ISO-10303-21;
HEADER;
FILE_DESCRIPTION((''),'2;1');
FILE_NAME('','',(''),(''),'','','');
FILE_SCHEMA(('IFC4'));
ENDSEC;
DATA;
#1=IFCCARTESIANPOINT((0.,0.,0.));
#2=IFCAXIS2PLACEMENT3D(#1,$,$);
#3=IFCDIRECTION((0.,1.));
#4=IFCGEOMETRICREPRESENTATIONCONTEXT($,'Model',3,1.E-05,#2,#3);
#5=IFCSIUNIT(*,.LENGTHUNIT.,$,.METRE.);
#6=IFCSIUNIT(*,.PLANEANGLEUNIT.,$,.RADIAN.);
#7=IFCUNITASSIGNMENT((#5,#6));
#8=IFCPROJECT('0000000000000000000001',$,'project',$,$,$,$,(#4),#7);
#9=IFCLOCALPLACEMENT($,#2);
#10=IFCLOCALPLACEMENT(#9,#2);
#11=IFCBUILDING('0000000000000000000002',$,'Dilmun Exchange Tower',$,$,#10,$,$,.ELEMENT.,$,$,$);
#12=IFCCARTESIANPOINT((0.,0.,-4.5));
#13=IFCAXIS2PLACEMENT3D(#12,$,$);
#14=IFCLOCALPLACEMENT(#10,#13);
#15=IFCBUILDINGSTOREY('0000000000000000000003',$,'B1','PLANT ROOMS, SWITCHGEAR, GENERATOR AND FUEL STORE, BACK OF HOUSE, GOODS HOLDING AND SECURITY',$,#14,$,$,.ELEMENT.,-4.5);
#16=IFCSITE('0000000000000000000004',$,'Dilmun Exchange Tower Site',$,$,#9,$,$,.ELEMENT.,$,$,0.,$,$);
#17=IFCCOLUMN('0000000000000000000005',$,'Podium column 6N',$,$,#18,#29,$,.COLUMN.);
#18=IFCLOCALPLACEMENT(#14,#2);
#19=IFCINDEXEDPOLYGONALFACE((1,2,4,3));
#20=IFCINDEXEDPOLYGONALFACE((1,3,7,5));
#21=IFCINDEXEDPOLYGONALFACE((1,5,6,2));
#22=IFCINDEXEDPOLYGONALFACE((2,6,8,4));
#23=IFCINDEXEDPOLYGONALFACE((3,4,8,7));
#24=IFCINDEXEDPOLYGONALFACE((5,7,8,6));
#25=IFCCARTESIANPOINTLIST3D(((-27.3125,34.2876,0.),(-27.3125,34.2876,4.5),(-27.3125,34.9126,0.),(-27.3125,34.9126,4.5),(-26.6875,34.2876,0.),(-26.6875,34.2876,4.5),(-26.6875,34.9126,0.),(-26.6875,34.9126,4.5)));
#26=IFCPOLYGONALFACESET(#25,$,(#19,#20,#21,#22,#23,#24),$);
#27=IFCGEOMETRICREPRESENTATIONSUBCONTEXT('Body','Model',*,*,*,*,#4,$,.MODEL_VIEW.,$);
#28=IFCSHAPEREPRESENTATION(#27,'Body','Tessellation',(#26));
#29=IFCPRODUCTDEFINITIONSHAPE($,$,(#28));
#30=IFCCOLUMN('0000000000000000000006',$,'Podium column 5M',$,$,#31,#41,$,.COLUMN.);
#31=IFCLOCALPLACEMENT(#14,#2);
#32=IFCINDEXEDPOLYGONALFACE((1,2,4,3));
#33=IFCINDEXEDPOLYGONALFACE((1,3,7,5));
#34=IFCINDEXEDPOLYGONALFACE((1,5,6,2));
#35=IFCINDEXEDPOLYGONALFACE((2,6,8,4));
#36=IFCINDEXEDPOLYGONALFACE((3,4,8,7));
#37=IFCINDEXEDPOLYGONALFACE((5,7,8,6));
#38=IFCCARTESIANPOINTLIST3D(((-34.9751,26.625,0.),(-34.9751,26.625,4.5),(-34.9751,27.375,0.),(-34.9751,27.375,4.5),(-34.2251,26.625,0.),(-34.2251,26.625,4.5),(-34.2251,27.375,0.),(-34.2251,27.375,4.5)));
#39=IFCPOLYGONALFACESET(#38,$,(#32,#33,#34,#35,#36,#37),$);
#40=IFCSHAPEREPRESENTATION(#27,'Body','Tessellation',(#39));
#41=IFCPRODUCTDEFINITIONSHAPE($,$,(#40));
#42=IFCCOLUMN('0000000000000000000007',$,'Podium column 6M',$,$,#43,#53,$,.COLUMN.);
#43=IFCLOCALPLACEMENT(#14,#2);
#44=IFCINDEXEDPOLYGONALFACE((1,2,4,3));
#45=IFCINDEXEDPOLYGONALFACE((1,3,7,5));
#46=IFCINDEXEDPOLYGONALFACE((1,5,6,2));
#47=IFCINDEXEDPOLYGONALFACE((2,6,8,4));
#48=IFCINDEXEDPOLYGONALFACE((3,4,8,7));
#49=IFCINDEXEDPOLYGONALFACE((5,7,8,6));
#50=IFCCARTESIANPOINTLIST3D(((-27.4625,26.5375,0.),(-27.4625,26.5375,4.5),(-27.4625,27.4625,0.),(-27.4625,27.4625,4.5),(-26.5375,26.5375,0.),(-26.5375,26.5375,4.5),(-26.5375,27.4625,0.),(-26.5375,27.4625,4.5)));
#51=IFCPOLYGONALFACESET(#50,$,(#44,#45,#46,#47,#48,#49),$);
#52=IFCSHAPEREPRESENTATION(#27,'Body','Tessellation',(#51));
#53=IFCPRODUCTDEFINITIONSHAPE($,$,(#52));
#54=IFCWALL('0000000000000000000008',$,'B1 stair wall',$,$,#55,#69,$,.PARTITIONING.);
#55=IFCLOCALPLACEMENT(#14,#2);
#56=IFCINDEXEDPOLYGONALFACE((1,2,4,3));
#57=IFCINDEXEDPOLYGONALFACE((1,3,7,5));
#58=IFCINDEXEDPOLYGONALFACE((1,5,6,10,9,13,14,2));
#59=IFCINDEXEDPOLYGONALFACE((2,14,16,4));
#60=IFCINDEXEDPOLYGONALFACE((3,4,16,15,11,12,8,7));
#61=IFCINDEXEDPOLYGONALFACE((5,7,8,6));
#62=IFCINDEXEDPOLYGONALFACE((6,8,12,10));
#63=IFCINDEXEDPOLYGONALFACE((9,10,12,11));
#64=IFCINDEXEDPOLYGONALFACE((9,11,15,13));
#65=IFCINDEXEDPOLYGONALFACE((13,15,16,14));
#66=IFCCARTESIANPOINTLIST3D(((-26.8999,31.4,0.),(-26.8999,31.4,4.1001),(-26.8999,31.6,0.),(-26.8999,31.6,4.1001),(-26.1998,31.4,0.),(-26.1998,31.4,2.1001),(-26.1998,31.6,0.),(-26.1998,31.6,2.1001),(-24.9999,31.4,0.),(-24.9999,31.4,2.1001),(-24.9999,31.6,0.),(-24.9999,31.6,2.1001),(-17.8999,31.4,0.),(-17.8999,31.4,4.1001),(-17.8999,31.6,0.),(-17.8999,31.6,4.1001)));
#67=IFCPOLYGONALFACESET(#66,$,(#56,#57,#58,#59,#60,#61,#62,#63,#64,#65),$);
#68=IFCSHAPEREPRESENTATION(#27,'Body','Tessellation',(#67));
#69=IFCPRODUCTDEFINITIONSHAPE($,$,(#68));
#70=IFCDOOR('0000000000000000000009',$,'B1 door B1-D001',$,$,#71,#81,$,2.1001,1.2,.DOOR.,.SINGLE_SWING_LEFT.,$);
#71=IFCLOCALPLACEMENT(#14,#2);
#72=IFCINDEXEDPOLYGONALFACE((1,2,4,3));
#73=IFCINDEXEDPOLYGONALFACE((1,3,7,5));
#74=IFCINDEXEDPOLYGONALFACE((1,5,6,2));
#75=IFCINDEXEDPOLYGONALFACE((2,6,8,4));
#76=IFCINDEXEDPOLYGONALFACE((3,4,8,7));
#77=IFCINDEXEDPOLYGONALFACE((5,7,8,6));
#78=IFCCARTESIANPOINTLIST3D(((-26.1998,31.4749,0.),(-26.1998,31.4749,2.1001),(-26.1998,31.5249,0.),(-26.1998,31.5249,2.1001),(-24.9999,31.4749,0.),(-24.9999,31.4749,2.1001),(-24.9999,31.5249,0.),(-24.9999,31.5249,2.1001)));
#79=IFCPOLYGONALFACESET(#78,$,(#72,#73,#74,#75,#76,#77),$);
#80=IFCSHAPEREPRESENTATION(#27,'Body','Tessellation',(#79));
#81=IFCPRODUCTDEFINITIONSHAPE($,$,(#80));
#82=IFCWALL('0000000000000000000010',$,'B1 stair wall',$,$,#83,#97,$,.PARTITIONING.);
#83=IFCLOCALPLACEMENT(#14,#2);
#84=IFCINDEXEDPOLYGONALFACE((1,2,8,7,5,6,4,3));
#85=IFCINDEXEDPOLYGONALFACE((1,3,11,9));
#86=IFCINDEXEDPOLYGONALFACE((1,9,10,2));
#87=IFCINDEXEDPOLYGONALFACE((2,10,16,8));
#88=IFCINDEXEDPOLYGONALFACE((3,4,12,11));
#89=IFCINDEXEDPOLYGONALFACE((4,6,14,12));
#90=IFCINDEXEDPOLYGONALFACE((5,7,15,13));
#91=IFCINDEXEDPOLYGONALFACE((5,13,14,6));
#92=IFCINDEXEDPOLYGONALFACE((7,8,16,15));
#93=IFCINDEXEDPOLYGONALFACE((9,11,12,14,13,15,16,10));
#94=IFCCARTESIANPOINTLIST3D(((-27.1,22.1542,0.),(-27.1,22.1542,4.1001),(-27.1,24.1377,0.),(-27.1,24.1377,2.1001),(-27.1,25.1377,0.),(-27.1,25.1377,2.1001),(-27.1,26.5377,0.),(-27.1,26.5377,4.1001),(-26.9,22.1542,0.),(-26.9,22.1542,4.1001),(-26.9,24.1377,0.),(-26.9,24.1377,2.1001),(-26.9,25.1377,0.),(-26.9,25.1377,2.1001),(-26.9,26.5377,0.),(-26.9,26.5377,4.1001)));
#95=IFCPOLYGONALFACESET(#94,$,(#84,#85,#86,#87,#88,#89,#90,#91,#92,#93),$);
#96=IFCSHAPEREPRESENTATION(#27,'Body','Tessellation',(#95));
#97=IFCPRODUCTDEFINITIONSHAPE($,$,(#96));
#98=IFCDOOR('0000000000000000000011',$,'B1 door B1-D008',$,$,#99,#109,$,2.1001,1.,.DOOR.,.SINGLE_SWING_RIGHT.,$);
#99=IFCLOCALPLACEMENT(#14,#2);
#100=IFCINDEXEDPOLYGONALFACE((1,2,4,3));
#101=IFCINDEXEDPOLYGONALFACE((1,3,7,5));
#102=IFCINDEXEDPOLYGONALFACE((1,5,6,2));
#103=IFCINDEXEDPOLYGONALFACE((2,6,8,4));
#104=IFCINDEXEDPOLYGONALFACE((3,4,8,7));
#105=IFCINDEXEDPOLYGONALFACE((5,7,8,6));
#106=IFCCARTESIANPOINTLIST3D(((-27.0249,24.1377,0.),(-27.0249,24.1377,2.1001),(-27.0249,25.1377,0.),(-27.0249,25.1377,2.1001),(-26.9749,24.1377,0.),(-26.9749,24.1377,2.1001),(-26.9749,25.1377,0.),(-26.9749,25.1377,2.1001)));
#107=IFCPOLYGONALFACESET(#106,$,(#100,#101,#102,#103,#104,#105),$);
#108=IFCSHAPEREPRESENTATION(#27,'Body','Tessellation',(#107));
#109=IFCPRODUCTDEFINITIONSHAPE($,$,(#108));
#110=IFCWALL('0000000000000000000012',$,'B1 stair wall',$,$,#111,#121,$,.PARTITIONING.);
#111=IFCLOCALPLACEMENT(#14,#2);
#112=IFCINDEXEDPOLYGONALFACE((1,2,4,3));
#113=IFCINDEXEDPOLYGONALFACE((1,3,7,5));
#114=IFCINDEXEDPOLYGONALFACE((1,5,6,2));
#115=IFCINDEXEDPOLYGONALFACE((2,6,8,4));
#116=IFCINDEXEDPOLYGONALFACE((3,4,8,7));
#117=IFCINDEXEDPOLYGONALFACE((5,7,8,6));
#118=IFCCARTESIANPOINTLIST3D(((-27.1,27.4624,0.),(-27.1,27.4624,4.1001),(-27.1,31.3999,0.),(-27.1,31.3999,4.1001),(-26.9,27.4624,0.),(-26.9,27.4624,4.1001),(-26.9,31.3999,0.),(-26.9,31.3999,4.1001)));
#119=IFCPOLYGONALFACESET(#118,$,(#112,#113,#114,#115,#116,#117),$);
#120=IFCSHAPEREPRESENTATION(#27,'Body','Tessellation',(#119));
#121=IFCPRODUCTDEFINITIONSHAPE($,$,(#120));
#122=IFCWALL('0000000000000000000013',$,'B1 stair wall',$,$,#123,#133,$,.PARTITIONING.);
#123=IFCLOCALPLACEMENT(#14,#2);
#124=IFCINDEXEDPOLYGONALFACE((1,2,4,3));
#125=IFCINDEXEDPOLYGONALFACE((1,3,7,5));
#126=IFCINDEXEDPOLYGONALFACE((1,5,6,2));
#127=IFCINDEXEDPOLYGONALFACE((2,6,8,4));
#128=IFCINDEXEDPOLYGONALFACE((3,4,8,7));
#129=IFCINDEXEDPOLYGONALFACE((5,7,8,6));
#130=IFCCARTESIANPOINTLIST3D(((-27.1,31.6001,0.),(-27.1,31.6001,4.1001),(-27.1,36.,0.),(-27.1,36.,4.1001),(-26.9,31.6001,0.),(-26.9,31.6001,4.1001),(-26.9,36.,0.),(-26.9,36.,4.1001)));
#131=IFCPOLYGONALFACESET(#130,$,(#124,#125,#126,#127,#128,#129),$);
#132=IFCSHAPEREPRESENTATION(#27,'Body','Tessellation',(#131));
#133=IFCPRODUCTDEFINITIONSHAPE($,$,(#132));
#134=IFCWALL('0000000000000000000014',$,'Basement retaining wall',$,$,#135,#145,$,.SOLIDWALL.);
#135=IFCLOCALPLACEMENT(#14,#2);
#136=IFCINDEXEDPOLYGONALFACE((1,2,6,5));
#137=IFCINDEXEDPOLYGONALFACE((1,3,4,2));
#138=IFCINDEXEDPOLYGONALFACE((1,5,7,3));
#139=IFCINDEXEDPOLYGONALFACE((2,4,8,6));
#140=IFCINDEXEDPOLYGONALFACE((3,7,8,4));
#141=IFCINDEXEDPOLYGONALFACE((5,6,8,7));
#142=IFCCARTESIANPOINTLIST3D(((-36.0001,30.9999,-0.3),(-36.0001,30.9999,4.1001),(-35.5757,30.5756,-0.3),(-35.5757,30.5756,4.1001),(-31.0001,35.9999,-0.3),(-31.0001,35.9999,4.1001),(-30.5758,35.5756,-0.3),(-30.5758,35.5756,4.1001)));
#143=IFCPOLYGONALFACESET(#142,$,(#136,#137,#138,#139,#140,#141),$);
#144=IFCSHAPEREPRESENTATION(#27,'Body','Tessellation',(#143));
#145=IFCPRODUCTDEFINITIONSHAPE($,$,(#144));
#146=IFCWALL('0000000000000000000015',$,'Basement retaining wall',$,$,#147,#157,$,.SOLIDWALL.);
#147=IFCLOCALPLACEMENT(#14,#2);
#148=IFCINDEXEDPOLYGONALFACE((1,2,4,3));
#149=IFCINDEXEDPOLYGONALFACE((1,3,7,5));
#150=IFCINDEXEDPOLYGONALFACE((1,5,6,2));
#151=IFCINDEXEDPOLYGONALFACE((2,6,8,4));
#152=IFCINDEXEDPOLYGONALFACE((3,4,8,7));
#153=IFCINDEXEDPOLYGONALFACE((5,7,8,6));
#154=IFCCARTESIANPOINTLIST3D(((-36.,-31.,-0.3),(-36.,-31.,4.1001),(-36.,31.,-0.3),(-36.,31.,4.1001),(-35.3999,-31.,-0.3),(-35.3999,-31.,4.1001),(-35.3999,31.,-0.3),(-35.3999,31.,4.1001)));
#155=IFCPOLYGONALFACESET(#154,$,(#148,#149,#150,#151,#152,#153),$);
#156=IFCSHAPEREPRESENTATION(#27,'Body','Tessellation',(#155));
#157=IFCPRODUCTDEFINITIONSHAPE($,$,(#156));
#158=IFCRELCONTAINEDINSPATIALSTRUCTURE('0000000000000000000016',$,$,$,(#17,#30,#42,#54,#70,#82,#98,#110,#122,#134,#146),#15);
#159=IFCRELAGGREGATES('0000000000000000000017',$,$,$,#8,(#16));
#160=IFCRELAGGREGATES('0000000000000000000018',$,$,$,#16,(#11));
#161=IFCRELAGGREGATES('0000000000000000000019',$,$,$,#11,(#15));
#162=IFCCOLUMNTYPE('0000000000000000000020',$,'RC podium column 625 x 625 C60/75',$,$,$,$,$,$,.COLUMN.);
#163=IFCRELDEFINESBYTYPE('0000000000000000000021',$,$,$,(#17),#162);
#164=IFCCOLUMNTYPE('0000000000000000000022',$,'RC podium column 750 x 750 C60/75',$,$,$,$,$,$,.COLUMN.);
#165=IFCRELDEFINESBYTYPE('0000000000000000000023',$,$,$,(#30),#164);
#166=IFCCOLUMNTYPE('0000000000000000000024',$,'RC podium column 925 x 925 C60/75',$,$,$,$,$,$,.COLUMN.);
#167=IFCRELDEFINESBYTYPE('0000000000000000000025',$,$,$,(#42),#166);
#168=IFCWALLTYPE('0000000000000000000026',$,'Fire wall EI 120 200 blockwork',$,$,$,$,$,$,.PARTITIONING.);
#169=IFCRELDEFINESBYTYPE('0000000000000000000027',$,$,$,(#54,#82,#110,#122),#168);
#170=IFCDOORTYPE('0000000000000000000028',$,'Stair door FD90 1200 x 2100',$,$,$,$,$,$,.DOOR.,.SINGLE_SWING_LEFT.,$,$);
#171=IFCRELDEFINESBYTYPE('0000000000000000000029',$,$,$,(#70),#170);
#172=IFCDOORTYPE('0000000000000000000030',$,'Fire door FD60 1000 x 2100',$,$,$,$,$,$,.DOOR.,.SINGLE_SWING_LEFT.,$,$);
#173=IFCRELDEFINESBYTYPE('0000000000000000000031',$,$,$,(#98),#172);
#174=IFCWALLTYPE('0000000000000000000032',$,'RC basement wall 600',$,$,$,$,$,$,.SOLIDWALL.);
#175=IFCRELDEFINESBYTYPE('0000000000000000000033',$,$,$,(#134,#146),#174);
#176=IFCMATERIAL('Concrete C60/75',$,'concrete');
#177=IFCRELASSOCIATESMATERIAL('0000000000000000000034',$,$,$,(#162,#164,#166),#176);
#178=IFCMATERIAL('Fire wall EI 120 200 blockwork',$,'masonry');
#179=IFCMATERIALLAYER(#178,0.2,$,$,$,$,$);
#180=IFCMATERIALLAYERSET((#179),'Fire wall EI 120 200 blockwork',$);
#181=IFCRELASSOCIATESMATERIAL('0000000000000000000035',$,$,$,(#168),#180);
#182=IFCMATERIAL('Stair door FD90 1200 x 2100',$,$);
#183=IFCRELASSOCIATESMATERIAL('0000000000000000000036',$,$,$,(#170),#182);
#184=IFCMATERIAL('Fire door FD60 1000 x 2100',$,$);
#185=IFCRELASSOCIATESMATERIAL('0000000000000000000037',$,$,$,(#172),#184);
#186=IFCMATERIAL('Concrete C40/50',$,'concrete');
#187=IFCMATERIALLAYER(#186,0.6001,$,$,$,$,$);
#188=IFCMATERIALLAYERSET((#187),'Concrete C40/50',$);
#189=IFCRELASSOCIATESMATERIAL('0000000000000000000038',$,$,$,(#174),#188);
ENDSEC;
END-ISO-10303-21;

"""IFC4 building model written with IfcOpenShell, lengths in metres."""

from ifc_helpers import new_model, si_unit, direction, frame, frame_2d, origin, origin_2d, place, context, subcontext, project, spatial, rectangle, extrude, material, layer, layer_set, material_profile, profile_set, type_object, element, fill, save


model = new_model("IFC4")

# Units and contexts
model_context = context("Model", 3, precision=1e-05, world=origin(), true_north=direction((0.0, 1.0)))
body_context = subcontext(model_context, "Body", "Model", "MODEL_VIEW")
ifc_project = project(units=[si_unit("LENGTHUNIT", "METRE"), si_unit("PLANEANGLEUNIT", "RADIAN")], contexts=[model_context])

# Site, building, storey
site_placement = place(None, origin())
site = spatial("IfcSite", under=ifc_project, at=site_placement, Name="Dilmun Exchange Tower Site", CompositionType="ELEMENT", RefElevation=0.0)
building_placement = place(site_placement, origin())
building = spatial("IfcBuilding", under=site, at=building_placement, Name="Dilmun Exchange Tower", CompositionType="ELEMENT")
storey_placement = place(building_placement, frame((0.0, 0.0, -4.5)))
storey = spatial("IfcBuildingStorey", under=building, at=storey_placement, Name="B1", Description="PLANT ROOMS, SWITCHGEAR, GENERATOR AND FUEL STORE, BACK OF HOUSE, GOODS HOLDING AND SECURITY", CompositionType="ELEMENT", Elevation=-4.5)

# Columns
ifc_material_1 = material(Name="Concrete C60/75", Category="concrete")
ifc_material_profile_1 = material_profile(ifc_material_1, rectangle(XDim=0.625, YDim=0.625, at=origin_2d()), Name="625 x 625")
ifc_profile_set_1 = profile_set([ifc_material_profile_1], Name="Concrete C60/75")
column_type_1 = type_object("IfcColumnType", Name="RC podium column 625 x 625 C60/75", PredefinedType="COLUMN", material=ifc_profile_set_1)
column_1_placement = place(storey_placement, frame((-27.0, 34.6001, 0.0), z_axis=(0.0, 0.0, 1.0), x_axis=(1.0, 0.0, 0.0)))
element("IfcColumn", 1, at=column_1_placement, inside=storey, type_object=column_type_1, Name="Podium column 6N", PredefinedType="COLUMN", context=body_context, shape_type="SweptSolid", body=[
    extrude(rectangle(XDim=0.625, YDim=0.625, at=origin_2d()), origin(), (0.0, 0.0, 1.0), 4.5),
])
ifc_material_profile_2 = material_profile(ifc_material_1, rectangle(XDim=0.75, YDim=0.75, at=origin_2d()), Name="750 x 750")
ifc_profile_set_2 = profile_set([ifc_material_profile_2], Name="Concrete C60/75")
column_type_2 = type_object("IfcColumnType", Name="RC podium column 750 x 750 C60/75", PredefinedType="COLUMN", material=ifc_profile_set_2)
column_2_placement = place(storey_placement, frame((-34.6001, 27.0, 0.0), z_axis=(0.0, 0.0, 1.0), x_axis=(1.0, 0.0, 0.0)))
element("IfcColumn", 2, at=column_2_placement, inside=storey, type_object=column_type_2, Name="Podium column 5M", PredefinedType="COLUMN", context=body_context, shape_type="SweptSolid", body=[
    extrude(rectangle(XDim=0.75, YDim=0.75, at=origin_2d()), origin(), (0.0, 0.0, 1.0), 4.5),
])
ifc_material_profile_3 = material_profile(ifc_material_1, rectangle(XDim=0.925, YDim=0.925, at=origin_2d()), Name="925 x 925")
ifc_profile_set_3 = profile_set([ifc_material_profile_3], Name="Concrete C60/75")
column_type_3 = type_object("IfcColumnType", Name="RC podium column 925 x 925 C60/75", PredefinedType="COLUMN", material=ifc_profile_set_3)
column_3_placement = place(storey_placement, frame((-27.0, 27.0, 0.0), z_axis=(0.0, 0.0, 1.0), x_axis=(1.0, 0.0, 0.0)))
element("IfcColumn", 3, at=column_3_placement, inside=storey, type_object=column_type_3, Name="Podium column 6M", PredefinedType="COLUMN", context=body_context, shape_type="SweptSolid", body=[
    extrude(rectangle(XDim=0.925, YDim=0.925, at=origin_2d()), origin(), (0.0, 0.0, 1.0), 4.5),
])

# Walls, openings, doors
ifc_material_2 = material(Name="Fire wall EI 120 200 blockwork", Category="masonry")
ifc_layer_1 = layer(ifc_material_2, 0.2)
ifc_layer_set_1 = layer_set([ifc_layer_1], Name="Fire wall EI 120 200 blockwork")
wall_type_1 = type_object("IfcWallType", Name="Fire wall EI 120 200 blockwork", PredefinedType="PARTITIONING", material=ifc_layer_set_1)
wall_1_placement = place(storey_placement, frame((-26.8999, 31.5, 0.0), z_axis=(0.0, 0.0, 1.0), x_axis=(1.0, 0.0, 0.0)))
wall_1 = element("IfcWall", 4, at=wall_1_placement, inside=storey, type_object=wall_type_1, Name="B1 stair wall", PredefinedType="PARTITIONING", context=body_context, shape_type="SweptSolid", body=[
    extrude(rectangle(XDim=9.0, YDim=0.2, at=frame_2d((4.5, 0.0))), origin(), (0.0, 0.0, 1.0), 4.1001),
])
opening_1_placement = place(wall_1_placement, frame((0.7, 0.0, 0.0)))
opening_1 = element("IfcOpeningElement", 5, at=opening_1_placement, cuts=wall_1, PredefinedType="OPENING", context=body_context, shape_type="SweptSolid", body=[
    extrude(rectangle(XDim=1.2, YDim=2.1001, at=frame_2d((0.6001, 1.05))), frame((0.0, 0.1099, 0.0), z_axis=(0.0, -1.0, 0.0), x_axis=(1.0, 0.0, 0.0)), (0.0, 0.0, 1.0), 0.22),
])
ifc_material_3 = material(Name="Stair door FD90 1200 x 2100")
door_type_1 = type_object("IfcDoorType", Name="Stair door FD90 1200 x 2100", OperationType="SINGLE_SWING_LEFT", PredefinedType="DOOR", material=ifc_material_3)
door_1_placement = place(opening_1_placement, origin())
door_1 = element("IfcDoor", 6, at=door_1_placement, inside=storey, type_object=door_type_1, Name="B1 door B1-D001", OperationType="SINGLE_SWING_LEFT", OverallHeight=2.1001, OverallWidth=1.2, PredefinedType="DOOR", context=body_context, shape_type="SweptSolid", body=[
    extrude(rectangle(XDim=1.2, YDim=2.1001, at=frame_2d((0.6001, 1.05))), frame((0.0, 0.0249, 0.0), z_axis=(0.0, -1.0, 0.0), x_axis=(1.0, 0.0, 0.0)), (0.0, 0.0, 1.0), 0.05),
])
fill(opening_1, door_1)
wall_2_placement = place(storey_placement, frame((-27.0, 22.1541, 0.0), z_axis=(0.0, 0.0, 1.0), x_axis=(0.0, 1.0, 0.0)))
wall_2 = element("IfcWall", 7, at=wall_2_placement, inside=storey, type_object=wall_type_1, Name="B1 stair wall", PredefinedType="PARTITIONING", context=body_context, shape_type="SweptSolid", body=[
    extrude(rectangle(XDim=4.3835, YDim=0.2, at=frame_2d((2.1919, 0.0))), origin(), (0.0, 0.0, 1.0), 4.1001),
])
opening_2_placement = place(wall_2_placement, frame((1.9836, 0.0, 0.0)))
opening_2 = element("IfcOpeningElement", 8, at=opening_2_placement, cuts=wall_2, PredefinedType="OPENING", context=body_context, shape_type="SweptSolid", body=[
    extrude(rectangle(XDim=1.0, YDim=2.1001, at=frame_2d((0.5, 1.05))), frame((0.0, 0.1099, 0.0), z_axis=(0.0, -1.0, 0.0), x_axis=(1.0, 0.0, 0.0)), (0.0, 0.0, 1.0), 0.22),
])
ifc_material_4 = material(Name="Fire door FD60 1000 x 2100")
door_type_2 = type_object("IfcDoorType", Name="Fire door FD60 1000 x 2100", OperationType="SINGLE_SWING_LEFT", PredefinedType="DOOR", material=ifc_material_4)
door_2_placement = place(opening_2_placement, origin())
door_2 = element("IfcDoor", 9, at=door_2_placement, inside=storey, type_object=door_type_2, Name="B1 door B1-D008", OperationType="SINGLE_SWING_RIGHT", OverallHeight=2.1001, OverallWidth=1.0, PredefinedType="DOOR", context=body_context, shape_type="SweptSolid", body=[
    extrude(rectangle(XDim=1.0, YDim=2.1001, at=frame_2d((0.5, 1.05))), frame((0.0, 0.0249, 0.0), z_axis=(0.0, -1.0, 0.0), x_axis=(1.0, 0.0, 0.0)), (0.0, 0.0, 1.0), 0.05),
])
fill(opening_2, door_2)

# Walls
wall_3_placement = place(storey_placement, frame((-27.0, 27.4624, 0.0), z_axis=(0.0, 0.0, 1.0), x_axis=(0.0, 1.0, 0.0)))
element("IfcWall", 10, at=wall_3_placement, inside=storey, type_object=wall_type_1, Name="B1 stair wall", PredefinedType="PARTITIONING", context=body_context, shape_type="SweptSolid", body=[
    extrude(rectangle(XDim=3.9375, YDim=0.2, at=frame_2d((1.9688, 0.0))), origin(), (0.0, 0.0, 1.0), 4.1001),
])
wall_4_placement = place(storey_placement, frame((-27.0, 31.6001, 0.0), z_axis=(0.0, 0.0, 1.0), x_axis=(0.0, 1.0, 0.0)))
element("IfcWall", 11, at=wall_4_placement, inside=storey, type_object=wall_type_1, Name="B1 stair wall", PredefinedType="PARTITIONING", context=body_context, shape_type="SweptSolid", body=[
    extrude(rectangle(XDim=4.3999, YDim=0.2, at=frame_2d((2.2, 0.0))), origin(), (0.0, 0.0, 1.0), 4.1001),
])
ifc_material_5 = material(Name="Concrete C40/50", Category="concrete")
ifc_layer_2 = layer(ifc_material_5, 0.6001)
ifc_layer_set_2 = layer_set([ifc_layer_2], Name="Concrete C40/50")
wall_type_2 = type_object("IfcWallType", Name="RC basement wall 600", PredefinedType="SOLIDWALL", material=ifc_layer_set_2)
wall_5_placement = place(storey_placement, frame((-30.7878, 35.7878, -0.3), z_axis=(0.0, 0.0, 1.0), x_axis=(-0.707107, -0.707107, 0.0)))
element("IfcWall", 12, at=wall_5_placement, inside=storey, type_object=wall_type_2, Name="Basement retaining wall", PredefinedType="SOLIDWALL", context=body_context, shape_type="SweptSolid", body=[
    extrude(rectangle(XDim=7.071, YDim=0.6001, at=frame_2d((3.5356, 0.0))), origin(), (0.0, 0.0, 1.0), 4.4001),
])
wall_6_placement = place(storey_placement, frame((-35.7, 31.0, -0.3), z_axis=(0.0, 0.0, 1.0), x_axis=(0.0, -1.0, 0.0)))
element("IfcWall", 13, at=wall_6_placement, inside=storey, type_object=wall_type_2, Name="Basement retaining wall", PredefinedType="SOLIDWALL", context=body_context, shape_type="SweptSolid", body=[
    extrude(rectangle(XDim=62.0, YDim=0.6001, at=frame_2d((31.0, 0.0))), origin(), (0.0, 0.0, 1.0), 4.4001),
])

save(model, "model.ifc")
